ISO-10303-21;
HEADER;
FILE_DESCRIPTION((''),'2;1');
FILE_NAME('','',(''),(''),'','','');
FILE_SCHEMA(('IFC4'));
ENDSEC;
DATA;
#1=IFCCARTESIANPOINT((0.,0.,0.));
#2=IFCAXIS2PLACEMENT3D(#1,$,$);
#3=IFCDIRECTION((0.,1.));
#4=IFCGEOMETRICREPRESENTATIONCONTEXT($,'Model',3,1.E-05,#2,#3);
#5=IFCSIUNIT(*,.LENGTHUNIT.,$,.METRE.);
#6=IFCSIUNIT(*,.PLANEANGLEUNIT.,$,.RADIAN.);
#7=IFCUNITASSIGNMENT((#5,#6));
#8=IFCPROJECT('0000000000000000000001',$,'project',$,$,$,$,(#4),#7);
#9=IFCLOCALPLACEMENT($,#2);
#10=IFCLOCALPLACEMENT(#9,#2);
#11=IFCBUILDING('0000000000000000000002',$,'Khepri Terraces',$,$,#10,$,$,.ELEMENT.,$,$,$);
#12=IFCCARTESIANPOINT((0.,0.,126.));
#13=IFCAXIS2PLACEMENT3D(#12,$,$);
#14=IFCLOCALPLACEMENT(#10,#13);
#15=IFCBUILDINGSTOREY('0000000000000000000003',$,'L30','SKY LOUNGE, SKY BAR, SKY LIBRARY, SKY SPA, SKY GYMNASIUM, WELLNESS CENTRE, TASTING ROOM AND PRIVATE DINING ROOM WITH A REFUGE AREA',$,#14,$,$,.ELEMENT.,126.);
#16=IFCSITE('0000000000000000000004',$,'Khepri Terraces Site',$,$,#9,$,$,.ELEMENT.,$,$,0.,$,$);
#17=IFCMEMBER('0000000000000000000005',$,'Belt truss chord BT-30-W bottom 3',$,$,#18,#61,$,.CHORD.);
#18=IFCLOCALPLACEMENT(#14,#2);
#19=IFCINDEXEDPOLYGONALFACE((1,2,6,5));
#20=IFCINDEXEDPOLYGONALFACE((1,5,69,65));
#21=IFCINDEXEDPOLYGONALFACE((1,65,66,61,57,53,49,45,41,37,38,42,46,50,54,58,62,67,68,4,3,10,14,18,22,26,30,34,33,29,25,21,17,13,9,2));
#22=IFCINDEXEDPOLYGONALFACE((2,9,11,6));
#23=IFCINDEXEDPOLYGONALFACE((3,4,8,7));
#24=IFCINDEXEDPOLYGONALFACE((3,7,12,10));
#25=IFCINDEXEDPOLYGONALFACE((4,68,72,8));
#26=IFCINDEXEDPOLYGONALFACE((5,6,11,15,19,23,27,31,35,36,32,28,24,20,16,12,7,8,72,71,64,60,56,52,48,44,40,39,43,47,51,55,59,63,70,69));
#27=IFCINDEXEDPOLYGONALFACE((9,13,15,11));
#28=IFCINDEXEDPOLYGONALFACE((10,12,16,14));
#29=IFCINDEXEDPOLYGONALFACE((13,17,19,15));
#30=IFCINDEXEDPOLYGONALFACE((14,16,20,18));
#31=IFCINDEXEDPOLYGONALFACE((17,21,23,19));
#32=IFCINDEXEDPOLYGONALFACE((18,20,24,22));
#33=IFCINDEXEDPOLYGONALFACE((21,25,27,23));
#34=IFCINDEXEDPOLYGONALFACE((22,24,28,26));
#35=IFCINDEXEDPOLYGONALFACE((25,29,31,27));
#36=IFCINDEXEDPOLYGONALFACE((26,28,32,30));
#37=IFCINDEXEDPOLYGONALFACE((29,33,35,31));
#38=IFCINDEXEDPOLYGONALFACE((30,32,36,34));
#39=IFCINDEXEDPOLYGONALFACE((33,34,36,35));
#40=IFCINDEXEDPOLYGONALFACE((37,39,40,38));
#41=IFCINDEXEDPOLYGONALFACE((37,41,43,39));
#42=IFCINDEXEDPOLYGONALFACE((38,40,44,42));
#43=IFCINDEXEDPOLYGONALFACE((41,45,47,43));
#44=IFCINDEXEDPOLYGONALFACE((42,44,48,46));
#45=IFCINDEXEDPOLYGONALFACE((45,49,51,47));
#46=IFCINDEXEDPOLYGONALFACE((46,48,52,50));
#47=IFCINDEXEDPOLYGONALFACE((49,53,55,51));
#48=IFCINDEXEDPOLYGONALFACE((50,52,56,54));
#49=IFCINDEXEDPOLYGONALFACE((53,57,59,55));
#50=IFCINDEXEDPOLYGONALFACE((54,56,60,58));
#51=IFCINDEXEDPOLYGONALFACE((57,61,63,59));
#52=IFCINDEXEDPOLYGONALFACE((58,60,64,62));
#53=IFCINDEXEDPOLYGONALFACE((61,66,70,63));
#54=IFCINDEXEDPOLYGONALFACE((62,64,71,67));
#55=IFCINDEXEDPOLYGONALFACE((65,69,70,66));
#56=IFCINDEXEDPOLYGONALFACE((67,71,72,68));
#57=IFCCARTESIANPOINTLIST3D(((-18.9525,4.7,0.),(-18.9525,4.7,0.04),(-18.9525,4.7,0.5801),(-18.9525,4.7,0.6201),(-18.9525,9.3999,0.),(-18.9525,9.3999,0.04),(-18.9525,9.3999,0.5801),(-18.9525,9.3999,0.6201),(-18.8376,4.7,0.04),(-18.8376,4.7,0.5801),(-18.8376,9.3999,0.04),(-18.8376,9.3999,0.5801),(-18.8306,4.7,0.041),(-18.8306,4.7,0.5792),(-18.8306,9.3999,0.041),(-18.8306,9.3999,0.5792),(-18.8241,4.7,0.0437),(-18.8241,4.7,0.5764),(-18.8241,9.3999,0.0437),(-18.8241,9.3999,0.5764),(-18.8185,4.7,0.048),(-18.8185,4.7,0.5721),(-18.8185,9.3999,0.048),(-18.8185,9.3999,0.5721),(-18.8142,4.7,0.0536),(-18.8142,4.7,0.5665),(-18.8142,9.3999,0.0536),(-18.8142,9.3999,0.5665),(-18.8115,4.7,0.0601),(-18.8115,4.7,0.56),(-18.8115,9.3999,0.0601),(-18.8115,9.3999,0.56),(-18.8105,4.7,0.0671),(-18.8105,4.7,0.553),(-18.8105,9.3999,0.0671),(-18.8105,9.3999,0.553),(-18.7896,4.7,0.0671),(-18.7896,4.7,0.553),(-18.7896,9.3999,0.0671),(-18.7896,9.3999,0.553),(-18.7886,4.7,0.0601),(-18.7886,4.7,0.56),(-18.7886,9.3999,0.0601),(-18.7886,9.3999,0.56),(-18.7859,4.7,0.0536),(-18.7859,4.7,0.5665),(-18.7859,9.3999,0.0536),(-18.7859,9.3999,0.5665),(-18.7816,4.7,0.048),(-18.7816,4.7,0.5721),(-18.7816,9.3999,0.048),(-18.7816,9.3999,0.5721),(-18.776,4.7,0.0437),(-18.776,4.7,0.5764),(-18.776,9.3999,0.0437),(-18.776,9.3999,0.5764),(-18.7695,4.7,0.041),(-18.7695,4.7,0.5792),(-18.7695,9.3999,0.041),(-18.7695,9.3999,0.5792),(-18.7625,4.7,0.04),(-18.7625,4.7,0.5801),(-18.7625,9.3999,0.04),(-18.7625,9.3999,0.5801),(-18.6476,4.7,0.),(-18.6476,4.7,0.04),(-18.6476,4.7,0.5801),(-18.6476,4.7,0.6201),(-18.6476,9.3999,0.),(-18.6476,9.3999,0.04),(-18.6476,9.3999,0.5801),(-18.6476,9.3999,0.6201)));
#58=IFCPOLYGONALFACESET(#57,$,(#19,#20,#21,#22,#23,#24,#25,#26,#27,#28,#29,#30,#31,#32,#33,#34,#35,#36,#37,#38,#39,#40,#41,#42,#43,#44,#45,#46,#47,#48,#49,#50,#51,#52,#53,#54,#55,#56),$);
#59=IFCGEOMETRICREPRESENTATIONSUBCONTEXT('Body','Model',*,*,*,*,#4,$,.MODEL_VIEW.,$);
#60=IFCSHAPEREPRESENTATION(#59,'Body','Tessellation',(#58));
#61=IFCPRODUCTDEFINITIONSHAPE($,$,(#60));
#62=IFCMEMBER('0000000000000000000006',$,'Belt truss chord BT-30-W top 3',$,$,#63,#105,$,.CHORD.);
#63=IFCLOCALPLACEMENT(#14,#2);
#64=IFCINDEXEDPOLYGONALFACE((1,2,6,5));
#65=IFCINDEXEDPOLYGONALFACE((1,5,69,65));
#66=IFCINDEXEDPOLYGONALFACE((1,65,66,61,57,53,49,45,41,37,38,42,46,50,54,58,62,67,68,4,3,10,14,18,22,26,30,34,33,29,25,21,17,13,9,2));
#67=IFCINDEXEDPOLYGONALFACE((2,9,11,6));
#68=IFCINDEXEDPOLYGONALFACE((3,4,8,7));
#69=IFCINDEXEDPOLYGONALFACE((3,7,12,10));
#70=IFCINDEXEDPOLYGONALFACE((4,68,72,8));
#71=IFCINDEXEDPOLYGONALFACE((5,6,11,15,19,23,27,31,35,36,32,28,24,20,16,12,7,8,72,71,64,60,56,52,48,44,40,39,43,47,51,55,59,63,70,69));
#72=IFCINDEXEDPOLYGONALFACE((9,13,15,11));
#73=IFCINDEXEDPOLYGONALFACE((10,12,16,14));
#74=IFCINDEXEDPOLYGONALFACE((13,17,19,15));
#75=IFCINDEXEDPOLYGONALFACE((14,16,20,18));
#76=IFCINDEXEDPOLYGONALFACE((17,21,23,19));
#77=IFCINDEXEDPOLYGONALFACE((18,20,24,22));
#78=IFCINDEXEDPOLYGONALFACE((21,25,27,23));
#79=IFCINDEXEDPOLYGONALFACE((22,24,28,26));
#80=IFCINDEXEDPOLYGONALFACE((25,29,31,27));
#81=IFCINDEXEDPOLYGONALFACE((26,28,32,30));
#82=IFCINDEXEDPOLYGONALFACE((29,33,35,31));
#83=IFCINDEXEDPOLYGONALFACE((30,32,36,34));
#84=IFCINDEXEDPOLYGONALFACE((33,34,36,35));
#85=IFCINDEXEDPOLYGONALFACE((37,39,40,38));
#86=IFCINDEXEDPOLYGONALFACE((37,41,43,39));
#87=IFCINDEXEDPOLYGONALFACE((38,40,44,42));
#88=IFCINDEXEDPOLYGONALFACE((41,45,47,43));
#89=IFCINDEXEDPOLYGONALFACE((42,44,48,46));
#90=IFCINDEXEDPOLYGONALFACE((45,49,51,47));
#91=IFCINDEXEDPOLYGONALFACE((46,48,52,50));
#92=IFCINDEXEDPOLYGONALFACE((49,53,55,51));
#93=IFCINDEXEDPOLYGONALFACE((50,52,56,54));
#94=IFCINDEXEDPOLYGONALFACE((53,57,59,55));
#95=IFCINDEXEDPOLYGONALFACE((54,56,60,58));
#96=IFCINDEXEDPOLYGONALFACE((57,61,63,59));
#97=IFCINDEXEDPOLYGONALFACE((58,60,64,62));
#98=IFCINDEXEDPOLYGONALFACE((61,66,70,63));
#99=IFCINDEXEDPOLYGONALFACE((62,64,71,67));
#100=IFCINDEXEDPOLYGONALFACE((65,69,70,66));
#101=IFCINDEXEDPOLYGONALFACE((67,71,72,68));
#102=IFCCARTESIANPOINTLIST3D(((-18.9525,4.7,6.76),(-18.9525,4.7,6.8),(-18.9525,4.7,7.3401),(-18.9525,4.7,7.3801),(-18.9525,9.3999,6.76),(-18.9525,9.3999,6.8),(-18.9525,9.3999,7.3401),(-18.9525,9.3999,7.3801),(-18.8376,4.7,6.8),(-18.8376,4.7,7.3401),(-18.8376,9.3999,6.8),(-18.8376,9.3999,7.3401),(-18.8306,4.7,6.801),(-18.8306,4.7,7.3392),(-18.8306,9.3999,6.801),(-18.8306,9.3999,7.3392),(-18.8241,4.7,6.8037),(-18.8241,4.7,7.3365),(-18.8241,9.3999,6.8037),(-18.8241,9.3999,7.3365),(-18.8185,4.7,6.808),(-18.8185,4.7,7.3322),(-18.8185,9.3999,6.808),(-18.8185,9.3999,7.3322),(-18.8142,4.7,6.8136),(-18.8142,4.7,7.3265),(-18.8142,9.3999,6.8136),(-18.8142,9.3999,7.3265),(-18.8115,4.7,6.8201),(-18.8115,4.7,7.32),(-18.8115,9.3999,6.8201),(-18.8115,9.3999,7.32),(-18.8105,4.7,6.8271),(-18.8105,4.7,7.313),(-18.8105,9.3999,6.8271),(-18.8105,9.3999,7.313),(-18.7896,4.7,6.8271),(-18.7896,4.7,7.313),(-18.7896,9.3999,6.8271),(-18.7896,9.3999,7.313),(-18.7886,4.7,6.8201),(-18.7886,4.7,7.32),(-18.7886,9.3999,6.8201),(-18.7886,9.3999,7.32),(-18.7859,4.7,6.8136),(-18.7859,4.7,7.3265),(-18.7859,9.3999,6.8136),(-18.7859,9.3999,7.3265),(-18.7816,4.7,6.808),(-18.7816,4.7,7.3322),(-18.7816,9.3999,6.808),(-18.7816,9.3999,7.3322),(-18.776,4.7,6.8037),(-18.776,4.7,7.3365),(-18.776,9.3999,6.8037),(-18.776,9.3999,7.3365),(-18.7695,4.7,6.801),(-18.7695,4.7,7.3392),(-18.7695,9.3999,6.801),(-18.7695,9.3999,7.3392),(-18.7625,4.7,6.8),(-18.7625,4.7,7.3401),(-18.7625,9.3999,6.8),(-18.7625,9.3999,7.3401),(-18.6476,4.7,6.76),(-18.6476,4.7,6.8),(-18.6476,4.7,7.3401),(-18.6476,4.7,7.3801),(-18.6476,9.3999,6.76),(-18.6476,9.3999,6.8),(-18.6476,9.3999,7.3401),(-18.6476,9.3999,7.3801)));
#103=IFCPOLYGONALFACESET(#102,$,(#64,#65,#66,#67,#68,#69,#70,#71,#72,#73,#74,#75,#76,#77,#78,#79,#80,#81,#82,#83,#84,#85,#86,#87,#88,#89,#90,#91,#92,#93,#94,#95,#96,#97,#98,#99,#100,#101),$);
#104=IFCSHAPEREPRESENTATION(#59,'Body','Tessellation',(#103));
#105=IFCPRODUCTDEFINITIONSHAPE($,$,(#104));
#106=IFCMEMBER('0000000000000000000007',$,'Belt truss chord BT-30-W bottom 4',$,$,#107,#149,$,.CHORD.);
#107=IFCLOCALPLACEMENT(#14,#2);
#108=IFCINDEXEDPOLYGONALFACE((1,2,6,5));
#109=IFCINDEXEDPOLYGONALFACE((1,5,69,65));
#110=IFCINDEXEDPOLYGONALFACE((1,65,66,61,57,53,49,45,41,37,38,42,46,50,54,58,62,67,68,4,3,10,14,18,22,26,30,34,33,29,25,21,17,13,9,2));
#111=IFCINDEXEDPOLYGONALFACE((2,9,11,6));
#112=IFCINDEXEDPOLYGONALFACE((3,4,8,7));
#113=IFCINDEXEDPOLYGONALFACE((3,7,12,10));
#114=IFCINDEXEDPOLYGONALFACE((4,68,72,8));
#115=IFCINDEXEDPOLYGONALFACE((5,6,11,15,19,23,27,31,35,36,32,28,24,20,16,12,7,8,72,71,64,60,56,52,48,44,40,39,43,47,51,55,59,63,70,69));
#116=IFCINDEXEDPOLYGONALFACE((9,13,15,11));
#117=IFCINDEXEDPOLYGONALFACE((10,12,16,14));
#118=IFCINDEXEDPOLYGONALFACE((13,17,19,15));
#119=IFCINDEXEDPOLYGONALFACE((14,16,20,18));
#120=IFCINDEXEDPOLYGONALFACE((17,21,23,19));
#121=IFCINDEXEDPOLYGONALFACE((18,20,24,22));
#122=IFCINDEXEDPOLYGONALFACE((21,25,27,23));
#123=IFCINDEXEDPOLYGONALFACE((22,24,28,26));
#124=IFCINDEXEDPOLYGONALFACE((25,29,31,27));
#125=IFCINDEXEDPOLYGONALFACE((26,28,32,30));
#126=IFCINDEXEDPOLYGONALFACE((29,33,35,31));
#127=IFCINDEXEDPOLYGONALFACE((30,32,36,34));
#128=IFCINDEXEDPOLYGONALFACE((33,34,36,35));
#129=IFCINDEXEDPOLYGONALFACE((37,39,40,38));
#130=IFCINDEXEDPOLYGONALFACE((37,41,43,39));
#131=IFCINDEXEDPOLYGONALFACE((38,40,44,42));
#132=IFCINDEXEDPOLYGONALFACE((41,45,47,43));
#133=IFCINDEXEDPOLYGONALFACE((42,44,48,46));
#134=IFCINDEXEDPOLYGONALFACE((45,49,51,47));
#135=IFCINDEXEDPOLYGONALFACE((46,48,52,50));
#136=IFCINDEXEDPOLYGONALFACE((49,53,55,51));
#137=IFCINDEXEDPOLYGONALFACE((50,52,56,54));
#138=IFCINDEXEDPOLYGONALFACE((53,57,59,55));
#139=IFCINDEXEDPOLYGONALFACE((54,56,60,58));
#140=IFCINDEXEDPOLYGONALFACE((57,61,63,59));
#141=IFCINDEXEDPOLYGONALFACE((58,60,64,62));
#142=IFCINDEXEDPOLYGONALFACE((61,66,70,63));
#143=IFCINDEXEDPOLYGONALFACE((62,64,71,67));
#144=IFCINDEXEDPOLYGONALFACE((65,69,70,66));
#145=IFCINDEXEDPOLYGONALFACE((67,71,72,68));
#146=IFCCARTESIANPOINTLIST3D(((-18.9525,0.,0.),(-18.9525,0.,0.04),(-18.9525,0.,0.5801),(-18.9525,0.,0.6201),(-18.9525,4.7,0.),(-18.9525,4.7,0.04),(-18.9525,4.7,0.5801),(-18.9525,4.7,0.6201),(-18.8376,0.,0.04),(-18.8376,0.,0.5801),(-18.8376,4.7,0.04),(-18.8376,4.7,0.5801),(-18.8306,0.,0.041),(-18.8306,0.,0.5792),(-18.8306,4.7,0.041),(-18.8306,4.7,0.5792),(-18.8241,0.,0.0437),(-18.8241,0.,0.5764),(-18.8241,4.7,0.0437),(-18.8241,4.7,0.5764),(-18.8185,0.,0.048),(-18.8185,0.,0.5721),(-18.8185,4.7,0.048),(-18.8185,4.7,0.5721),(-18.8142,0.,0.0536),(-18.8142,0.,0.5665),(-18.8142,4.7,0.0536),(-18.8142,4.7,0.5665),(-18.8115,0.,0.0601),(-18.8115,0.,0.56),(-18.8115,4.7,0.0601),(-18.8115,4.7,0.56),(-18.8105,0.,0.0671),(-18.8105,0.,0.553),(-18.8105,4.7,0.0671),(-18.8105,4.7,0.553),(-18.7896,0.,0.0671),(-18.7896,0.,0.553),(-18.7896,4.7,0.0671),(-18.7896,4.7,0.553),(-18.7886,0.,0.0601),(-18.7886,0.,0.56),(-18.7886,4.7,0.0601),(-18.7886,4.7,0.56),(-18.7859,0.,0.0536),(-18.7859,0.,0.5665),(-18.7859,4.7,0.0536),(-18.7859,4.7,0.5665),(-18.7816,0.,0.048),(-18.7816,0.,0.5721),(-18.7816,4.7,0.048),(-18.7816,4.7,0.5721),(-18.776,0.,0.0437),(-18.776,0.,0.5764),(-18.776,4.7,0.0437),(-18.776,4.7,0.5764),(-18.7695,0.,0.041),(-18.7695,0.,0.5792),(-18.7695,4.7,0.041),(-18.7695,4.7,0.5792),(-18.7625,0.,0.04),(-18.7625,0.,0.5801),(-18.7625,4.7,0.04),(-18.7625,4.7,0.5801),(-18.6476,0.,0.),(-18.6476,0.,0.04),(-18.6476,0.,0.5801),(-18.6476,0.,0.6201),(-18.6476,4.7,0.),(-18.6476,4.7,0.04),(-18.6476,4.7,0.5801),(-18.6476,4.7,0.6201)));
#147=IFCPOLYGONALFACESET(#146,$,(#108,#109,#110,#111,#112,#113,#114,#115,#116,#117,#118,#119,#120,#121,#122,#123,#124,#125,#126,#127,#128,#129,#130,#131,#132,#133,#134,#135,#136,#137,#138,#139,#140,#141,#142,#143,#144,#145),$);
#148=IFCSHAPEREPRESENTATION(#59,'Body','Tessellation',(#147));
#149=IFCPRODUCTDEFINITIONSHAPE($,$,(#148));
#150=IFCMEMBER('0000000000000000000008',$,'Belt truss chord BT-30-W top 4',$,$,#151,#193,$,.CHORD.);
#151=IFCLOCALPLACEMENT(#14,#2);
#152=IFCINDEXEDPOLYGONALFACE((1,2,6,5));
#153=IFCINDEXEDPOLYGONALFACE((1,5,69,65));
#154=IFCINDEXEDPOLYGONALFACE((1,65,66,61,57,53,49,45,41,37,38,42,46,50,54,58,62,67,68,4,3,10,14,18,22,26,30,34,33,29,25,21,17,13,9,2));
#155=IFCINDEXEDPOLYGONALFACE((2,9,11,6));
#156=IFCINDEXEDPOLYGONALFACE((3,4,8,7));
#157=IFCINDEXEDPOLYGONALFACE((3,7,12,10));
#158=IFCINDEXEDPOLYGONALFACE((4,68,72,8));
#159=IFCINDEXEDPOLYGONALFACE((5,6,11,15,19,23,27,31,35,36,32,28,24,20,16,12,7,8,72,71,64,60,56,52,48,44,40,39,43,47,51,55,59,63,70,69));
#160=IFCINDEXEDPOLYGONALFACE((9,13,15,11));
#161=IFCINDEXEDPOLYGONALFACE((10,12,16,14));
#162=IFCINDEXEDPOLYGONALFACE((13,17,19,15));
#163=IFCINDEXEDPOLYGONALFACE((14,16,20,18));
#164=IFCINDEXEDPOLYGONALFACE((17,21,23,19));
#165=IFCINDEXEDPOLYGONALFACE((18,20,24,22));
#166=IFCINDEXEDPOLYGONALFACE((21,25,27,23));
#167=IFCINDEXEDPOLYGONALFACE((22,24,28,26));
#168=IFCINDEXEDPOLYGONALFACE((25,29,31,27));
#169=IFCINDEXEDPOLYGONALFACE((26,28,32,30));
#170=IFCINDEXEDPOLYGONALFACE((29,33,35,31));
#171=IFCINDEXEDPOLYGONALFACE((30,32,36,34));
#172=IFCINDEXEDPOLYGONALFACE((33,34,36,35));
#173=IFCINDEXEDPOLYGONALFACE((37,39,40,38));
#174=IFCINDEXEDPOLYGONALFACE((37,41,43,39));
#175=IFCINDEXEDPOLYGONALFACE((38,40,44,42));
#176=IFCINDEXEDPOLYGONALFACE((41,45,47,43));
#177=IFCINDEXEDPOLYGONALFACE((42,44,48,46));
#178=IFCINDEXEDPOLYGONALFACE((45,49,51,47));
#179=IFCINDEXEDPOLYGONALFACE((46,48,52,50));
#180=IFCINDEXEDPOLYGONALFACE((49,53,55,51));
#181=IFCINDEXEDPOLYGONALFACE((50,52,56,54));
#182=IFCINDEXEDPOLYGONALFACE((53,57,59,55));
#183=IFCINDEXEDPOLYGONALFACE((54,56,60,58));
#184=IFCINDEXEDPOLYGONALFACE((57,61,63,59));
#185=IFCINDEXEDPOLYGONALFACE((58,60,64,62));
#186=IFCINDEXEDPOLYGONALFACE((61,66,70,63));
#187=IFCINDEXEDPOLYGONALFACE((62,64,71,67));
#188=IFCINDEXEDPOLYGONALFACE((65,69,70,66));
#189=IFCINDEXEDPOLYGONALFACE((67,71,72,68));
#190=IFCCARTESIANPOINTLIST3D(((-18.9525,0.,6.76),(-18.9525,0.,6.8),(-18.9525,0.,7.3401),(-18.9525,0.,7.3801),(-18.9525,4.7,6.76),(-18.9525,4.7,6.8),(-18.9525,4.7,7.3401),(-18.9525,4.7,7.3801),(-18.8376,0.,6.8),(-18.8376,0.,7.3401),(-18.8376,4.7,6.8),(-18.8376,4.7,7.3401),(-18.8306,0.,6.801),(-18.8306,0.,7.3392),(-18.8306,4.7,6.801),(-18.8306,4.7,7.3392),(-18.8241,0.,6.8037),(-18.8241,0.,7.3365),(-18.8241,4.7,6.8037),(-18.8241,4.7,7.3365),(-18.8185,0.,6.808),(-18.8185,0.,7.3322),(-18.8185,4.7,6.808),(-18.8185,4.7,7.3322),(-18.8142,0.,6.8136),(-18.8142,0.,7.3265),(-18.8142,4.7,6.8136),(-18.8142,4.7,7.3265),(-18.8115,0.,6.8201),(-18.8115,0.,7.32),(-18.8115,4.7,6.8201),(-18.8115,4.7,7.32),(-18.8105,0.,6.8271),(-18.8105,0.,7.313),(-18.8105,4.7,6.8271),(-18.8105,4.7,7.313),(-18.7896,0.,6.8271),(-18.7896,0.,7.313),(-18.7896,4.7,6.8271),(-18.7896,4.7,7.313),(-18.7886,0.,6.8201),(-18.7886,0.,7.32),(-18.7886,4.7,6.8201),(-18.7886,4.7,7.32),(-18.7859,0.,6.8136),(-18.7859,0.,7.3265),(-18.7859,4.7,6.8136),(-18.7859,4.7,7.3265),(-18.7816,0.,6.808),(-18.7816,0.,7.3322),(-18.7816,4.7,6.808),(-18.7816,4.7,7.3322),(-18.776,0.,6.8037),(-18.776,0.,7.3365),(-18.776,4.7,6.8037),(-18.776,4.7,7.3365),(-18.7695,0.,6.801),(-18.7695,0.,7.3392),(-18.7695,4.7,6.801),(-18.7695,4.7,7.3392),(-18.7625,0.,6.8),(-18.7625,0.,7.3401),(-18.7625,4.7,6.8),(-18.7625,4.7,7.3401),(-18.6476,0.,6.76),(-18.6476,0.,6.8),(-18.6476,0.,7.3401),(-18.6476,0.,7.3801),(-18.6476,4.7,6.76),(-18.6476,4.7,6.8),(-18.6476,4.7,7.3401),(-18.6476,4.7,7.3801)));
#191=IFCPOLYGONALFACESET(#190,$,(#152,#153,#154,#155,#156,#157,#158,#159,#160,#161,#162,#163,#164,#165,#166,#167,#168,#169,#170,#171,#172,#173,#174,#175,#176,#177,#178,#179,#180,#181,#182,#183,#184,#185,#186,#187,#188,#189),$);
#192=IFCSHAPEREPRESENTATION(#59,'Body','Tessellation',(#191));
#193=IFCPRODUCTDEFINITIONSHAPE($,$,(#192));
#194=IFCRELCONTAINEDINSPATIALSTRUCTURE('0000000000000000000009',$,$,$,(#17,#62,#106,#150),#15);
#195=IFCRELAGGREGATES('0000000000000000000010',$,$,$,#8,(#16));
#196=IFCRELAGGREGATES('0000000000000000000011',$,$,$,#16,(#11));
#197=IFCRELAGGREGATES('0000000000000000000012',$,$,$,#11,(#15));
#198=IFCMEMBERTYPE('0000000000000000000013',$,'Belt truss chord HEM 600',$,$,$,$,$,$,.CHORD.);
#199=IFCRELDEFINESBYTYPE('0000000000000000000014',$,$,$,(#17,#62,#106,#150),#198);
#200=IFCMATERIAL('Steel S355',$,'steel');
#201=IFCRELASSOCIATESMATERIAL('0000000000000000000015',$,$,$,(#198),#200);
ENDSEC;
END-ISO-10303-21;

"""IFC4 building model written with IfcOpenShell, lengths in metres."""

from ifc_helpers import new_model, si_unit, direction, frame, origin, origin_2d, place, context, subcontext, project, spatial, i_section, extrude, material, material_profile, profile_set, type_object, element, save


model = new_model("IFC4")

# Units and contexts
model_context = context("Model", 3, precision=1e-05, world=origin(), true_north=direction((0.0, 1.0)))
body_context = subcontext(model_context, "Body", "Model", "MODEL_VIEW")
ifc_project = project(units=[si_unit("LENGTHUNIT", "METRE"), si_unit("PLANEANGLEUNIT", "RADIAN")], contexts=[model_context])

# Site, building, storey
site_placement = place(None, origin())
site = spatial("IfcSite", under=ifc_project, at=site_placement, Name="Khepri Terraces Site", CompositionType="ELEMENT", RefElevation=0.0)
building_placement = place(site_placement, origin())
building = spatial("IfcBuilding", under=site, at=building_placement, Name="Khepri Terraces", CompositionType="ELEMENT")
storey_placement = place(building_placement, frame((0.0, 0.0, 126.0)))
storey = spatial("IfcBuildingStorey", under=building, at=storey_placement, Name="L30", Description="SKY LOUNGE, SKY BAR, SKY LIBRARY, SKY SPA, SKY GYMNASIUM, WELLNESS CENTRE, TASTING ROOM AND PRIVATE DINING ROOM WITH A REFUGE AREA", CompositionType="ELEMENT", Elevation=126.0)

# Members
ifc_material_1 = material(Name="Steel S355", Category="steel")
ifc_material_profile_1 = material_profile(ifc_material_1, i_section(OverallWidth=0.3049, OverallDepth=0.6201, WebThickness=0.021, FlangeThickness=0.04, FilletRadius=0.0271, at=origin_2d()), Name="Steel S355", Category="steel")
ifc_profile_set_1 = profile_set([ifc_material_profile_1], Name="Steel S355")
member_type_1 = type_object("IfcMemberType", Name="Belt truss chord HEM 600", PredefinedType="CHORD", material=ifc_profile_set_1)
for number, where, z_axis, x_axis, name in (
    (1, (-18.8, 9.3999, 0.3101), (0.0, -1.0, 0.0), (1.0, 0.0, 0.0), "Belt truss chord BT-30-W bottom 3"),
    (2, (-18.8, 9.3999, 7.0701), (0.0, -1.0, 0.0), (1.0, 0.0, 0.0), "Belt truss chord BT-30-W top 3"),
    (3, (-18.8, 4.7, 0.3101), (0.0, -1.0, 0.0), (1.0, 0.0, 0.0), "Belt truss chord BT-30-W bottom 4"),
    (4, (-18.8, 4.7, 7.0701), (0.0, -1.0, 0.0), (1.0, 0.0, 0.0), "Belt truss chord BT-30-W top 4"),
):
    element("IfcMember", number, at=place(storey_placement, frame(where, z_axis=z_axis, x_axis=x_axis)), inside=storey, type_object=member_type_1, Name=name, PredefinedType="CHORD", context=body_context, shape_type="SweptSolid", body=[
        extrude(i_section(OverallWidth=0.3049, OverallDepth=0.6201, WebThickness=0.021, FlangeThickness=0.04, FilletRadius=0.0271, at=origin_2d()), origin(), (0.0, 0.0, 1.0), 4.7),
    ])

save(model, "model.ifc")
